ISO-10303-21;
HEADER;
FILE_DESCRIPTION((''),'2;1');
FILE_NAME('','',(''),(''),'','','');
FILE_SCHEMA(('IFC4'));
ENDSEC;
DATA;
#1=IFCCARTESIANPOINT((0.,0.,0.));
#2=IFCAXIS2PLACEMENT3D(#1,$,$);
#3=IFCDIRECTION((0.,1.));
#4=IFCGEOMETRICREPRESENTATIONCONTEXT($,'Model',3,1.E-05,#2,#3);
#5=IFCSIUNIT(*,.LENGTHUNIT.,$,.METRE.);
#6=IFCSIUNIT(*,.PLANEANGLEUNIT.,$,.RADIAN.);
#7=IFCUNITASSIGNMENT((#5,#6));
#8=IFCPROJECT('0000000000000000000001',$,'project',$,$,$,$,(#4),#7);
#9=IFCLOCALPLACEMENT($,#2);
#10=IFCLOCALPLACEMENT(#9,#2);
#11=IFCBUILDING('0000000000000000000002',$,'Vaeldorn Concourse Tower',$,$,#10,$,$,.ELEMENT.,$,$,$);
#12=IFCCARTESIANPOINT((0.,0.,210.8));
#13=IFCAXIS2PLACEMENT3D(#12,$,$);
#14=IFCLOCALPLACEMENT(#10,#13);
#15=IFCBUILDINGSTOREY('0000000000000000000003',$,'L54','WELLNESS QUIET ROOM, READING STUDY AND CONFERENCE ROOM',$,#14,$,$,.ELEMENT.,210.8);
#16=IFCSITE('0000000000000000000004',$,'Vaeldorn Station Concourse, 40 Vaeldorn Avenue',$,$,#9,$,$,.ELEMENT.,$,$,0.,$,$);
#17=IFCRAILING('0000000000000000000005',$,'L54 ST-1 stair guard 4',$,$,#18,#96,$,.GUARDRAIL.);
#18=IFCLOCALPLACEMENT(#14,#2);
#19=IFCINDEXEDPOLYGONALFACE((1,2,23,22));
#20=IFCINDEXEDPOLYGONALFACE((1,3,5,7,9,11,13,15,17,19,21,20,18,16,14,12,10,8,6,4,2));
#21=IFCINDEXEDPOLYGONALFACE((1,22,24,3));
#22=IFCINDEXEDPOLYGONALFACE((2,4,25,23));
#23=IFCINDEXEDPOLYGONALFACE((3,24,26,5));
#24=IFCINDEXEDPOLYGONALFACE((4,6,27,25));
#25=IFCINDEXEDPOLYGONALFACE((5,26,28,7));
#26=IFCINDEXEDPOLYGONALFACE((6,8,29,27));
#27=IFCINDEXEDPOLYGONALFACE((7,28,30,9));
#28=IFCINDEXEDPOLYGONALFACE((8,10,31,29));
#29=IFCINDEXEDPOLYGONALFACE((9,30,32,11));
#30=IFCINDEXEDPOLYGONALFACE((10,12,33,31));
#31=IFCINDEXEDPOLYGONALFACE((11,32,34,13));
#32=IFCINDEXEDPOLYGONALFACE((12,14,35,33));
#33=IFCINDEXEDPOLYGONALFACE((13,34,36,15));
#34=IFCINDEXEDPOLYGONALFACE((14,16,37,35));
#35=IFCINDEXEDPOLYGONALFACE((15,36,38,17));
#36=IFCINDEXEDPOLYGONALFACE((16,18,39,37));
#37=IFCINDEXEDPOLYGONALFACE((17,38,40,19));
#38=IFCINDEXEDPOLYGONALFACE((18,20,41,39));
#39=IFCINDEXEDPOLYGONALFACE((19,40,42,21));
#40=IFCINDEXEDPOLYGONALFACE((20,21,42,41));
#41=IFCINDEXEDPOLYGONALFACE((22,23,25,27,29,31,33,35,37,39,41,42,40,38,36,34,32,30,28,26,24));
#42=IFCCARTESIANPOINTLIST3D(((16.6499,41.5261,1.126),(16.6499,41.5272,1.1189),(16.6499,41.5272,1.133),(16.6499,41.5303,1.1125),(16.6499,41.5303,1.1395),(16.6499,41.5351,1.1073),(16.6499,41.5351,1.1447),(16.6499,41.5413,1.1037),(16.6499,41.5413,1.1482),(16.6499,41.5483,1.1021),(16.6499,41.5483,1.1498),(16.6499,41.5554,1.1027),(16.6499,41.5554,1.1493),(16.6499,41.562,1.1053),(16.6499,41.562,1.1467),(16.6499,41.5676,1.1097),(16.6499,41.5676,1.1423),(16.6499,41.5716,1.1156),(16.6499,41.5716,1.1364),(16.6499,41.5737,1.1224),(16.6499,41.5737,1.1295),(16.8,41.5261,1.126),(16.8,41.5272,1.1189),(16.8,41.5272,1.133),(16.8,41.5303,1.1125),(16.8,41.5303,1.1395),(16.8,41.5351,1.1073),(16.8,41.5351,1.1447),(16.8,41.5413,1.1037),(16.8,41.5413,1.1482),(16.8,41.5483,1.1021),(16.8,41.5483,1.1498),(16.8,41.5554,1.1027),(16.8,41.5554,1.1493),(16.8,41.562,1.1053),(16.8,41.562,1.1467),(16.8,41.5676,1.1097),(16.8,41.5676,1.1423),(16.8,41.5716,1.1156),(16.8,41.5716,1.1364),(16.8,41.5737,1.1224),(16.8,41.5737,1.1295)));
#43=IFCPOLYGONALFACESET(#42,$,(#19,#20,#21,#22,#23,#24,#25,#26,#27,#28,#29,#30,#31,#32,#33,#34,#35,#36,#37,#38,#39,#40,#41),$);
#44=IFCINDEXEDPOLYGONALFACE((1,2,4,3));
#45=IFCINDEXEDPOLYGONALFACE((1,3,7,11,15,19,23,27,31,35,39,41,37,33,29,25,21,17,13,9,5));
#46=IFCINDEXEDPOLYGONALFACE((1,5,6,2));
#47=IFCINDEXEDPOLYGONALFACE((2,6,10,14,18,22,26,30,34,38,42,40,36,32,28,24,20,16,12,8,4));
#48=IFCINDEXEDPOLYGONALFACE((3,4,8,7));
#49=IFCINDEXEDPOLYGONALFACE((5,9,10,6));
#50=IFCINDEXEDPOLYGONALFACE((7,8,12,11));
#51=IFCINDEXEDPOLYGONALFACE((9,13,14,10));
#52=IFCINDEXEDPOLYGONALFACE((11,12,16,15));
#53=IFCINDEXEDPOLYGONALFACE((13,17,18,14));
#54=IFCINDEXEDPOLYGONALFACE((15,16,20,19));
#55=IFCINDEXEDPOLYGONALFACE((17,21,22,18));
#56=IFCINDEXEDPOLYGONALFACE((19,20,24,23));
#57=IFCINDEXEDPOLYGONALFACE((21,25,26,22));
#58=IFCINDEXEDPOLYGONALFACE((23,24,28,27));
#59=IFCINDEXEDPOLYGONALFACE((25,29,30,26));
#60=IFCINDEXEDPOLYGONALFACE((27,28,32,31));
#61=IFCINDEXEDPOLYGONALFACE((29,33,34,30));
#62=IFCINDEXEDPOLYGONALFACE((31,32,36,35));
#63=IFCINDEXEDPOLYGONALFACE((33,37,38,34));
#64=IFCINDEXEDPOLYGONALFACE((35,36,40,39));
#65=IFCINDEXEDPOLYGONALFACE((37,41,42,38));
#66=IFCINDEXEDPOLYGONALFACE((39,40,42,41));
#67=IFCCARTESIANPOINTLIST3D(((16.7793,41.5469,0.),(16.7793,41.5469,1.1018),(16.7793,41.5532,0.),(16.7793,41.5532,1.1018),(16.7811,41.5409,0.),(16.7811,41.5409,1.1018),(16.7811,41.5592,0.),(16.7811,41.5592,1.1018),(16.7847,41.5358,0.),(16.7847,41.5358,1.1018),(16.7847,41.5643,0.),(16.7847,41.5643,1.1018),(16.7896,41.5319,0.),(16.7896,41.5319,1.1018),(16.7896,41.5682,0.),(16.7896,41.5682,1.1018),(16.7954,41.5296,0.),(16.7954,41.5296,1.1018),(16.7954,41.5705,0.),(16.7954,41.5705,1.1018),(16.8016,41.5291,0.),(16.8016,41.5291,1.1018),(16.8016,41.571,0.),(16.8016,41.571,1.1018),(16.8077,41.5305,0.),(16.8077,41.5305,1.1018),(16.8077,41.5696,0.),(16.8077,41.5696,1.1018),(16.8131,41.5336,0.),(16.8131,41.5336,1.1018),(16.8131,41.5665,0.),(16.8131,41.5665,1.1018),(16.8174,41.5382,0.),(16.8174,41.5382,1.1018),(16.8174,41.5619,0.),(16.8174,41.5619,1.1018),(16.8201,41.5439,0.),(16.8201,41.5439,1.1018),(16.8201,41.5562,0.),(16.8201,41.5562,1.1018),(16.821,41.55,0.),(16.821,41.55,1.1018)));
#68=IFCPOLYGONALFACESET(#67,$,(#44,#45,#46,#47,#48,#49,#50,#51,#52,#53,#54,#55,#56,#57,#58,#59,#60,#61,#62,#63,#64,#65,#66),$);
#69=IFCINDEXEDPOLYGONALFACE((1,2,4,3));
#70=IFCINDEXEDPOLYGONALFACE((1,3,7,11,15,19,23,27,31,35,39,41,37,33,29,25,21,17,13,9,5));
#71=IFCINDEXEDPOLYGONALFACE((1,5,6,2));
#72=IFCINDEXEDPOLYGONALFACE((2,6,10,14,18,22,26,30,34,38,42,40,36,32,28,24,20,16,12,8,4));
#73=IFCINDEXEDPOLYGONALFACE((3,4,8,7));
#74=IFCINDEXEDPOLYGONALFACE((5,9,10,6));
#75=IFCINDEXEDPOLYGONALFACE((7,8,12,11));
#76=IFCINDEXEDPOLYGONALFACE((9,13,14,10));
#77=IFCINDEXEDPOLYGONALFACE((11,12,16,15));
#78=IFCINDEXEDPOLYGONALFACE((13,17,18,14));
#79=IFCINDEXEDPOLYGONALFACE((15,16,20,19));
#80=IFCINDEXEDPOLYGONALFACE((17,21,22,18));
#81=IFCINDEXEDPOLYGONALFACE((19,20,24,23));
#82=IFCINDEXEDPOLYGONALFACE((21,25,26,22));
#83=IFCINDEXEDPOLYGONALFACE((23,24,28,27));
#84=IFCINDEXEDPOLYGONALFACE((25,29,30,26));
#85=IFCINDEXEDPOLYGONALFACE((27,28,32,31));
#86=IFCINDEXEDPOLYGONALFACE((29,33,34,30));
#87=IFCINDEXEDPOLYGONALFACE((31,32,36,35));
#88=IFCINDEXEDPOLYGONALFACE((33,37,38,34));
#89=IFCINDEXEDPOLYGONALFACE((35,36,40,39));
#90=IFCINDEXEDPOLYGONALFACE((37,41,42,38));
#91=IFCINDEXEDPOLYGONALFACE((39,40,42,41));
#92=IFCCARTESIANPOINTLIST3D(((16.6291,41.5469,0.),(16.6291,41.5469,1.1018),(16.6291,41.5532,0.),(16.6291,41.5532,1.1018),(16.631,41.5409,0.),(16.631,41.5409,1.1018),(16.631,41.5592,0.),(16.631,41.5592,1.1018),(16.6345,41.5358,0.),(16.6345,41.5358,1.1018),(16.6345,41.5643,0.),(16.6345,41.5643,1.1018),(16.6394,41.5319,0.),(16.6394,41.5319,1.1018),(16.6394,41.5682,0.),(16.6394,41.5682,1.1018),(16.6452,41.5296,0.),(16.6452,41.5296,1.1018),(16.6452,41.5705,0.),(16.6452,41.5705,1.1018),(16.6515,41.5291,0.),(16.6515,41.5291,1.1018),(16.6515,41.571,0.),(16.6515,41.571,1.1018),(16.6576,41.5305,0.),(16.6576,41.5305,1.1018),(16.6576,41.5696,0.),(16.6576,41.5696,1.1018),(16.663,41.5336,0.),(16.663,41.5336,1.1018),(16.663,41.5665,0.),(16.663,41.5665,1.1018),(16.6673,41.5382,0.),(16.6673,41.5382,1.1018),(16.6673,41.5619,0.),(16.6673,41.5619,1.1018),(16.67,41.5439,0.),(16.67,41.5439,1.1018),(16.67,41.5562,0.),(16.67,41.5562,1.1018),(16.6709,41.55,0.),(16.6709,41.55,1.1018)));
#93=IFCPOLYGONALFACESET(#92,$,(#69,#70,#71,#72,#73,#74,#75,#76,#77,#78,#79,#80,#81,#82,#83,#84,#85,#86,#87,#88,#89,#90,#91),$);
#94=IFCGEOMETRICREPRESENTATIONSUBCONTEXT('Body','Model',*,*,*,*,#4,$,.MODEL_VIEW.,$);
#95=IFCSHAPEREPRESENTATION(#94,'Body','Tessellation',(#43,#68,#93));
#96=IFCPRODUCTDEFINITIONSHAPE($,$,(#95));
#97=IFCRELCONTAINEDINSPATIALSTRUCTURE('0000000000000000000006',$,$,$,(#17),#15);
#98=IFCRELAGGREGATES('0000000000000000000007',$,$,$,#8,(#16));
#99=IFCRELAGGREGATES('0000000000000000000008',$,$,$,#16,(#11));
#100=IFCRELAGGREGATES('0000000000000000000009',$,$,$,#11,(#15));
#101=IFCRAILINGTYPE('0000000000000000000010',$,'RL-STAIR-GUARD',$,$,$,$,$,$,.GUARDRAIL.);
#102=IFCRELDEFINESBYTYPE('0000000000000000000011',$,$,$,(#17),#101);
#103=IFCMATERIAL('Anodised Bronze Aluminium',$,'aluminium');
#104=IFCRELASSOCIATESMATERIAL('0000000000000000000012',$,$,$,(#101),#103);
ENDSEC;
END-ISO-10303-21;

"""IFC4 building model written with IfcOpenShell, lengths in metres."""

from ifc_helpers import new_model, si_unit, direction, frame, origin, origin_2d, place, context, subcontext, project, spatial, circle, extrude, material, type_object, element, save


model = new_model("IFC4")

# Units and contexts
model_context = context("Model", 3, precision=1e-05, world=origin(), true_north=direction((0.0, 1.0)))
body_context = subcontext(model_context, "Body", "Model", "MODEL_VIEW")
ifc_project = project(units=[si_unit("LENGTHUNIT", "METRE"), si_unit("PLANEANGLEUNIT", "RADIAN")], contexts=[model_context])

# Site, building, storey
site_placement = place(None, origin())
site = spatial("IfcSite", under=ifc_project, at=site_placement, Name="Vaeldorn Station Concourse, 40 Vaeldorn Avenue", CompositionType="ELEMENT", RefElevation=0.0)
building_placement = place(site_placement, origin())
building = spatial("IfcBuilding", under=site, at=building_placement, Name="Vaeldorn Concourse Tower", CompositionType="ELEMENT")
storey_placement = place(building_placement, frame((0.0, 0.0, 210.8)))
storey = spatial("IfcBuildingStorey", under=building, at=storey_placement, Name="L54", Description="WELLNESS QUIET ROOM, READING STUDY AND CONFERENCE ROOM", CompositionType="ELEMENT", Elevation=210.8)

# Shared definitions
ifc_material_1 = material(Name="Anodised Bronze Aluminium", Category="aluminium")

# Railing
railing_type_1 = type_object("IfcRailingType", Name="RL-STAIR-GUARD", PredefinedType="GUARDRAIL", material=ifc_material_1)
railing_1_placement = place(storey_placement, frame((16.8, 41.55, 0.0)))
element("IfcRailing", 1, at=railing_1_placement, inside=storey, type_object=railing_type_1, Name="L54 ST-1 stair guard 4", PredefinedType="GUARDRAIL", context=body_context, shape_type="SweptSolid", body=[
    extrude(circle(Radius=0.0239, at=origin_2d()), frame((0.0, 0.0, 1.126), z_axis=(-1.0, 0.0, 0.0), x_axis=(0.0, -1.0, 0.0)), (0.0, 0.0, 1.0), 0.1501),
    extrude(circle(Radius=0.021, at=origin_2d()), origin(), (0.0, 0.0, 1.0), 1.1018),
    extrude(circle(Radius=0.021, at=origin_2d()), frame((-0.1501, 0.0, 0.0)), (0.0, 0.0, 1.0), 1.1018),
])

save(model, "model.ifc")
